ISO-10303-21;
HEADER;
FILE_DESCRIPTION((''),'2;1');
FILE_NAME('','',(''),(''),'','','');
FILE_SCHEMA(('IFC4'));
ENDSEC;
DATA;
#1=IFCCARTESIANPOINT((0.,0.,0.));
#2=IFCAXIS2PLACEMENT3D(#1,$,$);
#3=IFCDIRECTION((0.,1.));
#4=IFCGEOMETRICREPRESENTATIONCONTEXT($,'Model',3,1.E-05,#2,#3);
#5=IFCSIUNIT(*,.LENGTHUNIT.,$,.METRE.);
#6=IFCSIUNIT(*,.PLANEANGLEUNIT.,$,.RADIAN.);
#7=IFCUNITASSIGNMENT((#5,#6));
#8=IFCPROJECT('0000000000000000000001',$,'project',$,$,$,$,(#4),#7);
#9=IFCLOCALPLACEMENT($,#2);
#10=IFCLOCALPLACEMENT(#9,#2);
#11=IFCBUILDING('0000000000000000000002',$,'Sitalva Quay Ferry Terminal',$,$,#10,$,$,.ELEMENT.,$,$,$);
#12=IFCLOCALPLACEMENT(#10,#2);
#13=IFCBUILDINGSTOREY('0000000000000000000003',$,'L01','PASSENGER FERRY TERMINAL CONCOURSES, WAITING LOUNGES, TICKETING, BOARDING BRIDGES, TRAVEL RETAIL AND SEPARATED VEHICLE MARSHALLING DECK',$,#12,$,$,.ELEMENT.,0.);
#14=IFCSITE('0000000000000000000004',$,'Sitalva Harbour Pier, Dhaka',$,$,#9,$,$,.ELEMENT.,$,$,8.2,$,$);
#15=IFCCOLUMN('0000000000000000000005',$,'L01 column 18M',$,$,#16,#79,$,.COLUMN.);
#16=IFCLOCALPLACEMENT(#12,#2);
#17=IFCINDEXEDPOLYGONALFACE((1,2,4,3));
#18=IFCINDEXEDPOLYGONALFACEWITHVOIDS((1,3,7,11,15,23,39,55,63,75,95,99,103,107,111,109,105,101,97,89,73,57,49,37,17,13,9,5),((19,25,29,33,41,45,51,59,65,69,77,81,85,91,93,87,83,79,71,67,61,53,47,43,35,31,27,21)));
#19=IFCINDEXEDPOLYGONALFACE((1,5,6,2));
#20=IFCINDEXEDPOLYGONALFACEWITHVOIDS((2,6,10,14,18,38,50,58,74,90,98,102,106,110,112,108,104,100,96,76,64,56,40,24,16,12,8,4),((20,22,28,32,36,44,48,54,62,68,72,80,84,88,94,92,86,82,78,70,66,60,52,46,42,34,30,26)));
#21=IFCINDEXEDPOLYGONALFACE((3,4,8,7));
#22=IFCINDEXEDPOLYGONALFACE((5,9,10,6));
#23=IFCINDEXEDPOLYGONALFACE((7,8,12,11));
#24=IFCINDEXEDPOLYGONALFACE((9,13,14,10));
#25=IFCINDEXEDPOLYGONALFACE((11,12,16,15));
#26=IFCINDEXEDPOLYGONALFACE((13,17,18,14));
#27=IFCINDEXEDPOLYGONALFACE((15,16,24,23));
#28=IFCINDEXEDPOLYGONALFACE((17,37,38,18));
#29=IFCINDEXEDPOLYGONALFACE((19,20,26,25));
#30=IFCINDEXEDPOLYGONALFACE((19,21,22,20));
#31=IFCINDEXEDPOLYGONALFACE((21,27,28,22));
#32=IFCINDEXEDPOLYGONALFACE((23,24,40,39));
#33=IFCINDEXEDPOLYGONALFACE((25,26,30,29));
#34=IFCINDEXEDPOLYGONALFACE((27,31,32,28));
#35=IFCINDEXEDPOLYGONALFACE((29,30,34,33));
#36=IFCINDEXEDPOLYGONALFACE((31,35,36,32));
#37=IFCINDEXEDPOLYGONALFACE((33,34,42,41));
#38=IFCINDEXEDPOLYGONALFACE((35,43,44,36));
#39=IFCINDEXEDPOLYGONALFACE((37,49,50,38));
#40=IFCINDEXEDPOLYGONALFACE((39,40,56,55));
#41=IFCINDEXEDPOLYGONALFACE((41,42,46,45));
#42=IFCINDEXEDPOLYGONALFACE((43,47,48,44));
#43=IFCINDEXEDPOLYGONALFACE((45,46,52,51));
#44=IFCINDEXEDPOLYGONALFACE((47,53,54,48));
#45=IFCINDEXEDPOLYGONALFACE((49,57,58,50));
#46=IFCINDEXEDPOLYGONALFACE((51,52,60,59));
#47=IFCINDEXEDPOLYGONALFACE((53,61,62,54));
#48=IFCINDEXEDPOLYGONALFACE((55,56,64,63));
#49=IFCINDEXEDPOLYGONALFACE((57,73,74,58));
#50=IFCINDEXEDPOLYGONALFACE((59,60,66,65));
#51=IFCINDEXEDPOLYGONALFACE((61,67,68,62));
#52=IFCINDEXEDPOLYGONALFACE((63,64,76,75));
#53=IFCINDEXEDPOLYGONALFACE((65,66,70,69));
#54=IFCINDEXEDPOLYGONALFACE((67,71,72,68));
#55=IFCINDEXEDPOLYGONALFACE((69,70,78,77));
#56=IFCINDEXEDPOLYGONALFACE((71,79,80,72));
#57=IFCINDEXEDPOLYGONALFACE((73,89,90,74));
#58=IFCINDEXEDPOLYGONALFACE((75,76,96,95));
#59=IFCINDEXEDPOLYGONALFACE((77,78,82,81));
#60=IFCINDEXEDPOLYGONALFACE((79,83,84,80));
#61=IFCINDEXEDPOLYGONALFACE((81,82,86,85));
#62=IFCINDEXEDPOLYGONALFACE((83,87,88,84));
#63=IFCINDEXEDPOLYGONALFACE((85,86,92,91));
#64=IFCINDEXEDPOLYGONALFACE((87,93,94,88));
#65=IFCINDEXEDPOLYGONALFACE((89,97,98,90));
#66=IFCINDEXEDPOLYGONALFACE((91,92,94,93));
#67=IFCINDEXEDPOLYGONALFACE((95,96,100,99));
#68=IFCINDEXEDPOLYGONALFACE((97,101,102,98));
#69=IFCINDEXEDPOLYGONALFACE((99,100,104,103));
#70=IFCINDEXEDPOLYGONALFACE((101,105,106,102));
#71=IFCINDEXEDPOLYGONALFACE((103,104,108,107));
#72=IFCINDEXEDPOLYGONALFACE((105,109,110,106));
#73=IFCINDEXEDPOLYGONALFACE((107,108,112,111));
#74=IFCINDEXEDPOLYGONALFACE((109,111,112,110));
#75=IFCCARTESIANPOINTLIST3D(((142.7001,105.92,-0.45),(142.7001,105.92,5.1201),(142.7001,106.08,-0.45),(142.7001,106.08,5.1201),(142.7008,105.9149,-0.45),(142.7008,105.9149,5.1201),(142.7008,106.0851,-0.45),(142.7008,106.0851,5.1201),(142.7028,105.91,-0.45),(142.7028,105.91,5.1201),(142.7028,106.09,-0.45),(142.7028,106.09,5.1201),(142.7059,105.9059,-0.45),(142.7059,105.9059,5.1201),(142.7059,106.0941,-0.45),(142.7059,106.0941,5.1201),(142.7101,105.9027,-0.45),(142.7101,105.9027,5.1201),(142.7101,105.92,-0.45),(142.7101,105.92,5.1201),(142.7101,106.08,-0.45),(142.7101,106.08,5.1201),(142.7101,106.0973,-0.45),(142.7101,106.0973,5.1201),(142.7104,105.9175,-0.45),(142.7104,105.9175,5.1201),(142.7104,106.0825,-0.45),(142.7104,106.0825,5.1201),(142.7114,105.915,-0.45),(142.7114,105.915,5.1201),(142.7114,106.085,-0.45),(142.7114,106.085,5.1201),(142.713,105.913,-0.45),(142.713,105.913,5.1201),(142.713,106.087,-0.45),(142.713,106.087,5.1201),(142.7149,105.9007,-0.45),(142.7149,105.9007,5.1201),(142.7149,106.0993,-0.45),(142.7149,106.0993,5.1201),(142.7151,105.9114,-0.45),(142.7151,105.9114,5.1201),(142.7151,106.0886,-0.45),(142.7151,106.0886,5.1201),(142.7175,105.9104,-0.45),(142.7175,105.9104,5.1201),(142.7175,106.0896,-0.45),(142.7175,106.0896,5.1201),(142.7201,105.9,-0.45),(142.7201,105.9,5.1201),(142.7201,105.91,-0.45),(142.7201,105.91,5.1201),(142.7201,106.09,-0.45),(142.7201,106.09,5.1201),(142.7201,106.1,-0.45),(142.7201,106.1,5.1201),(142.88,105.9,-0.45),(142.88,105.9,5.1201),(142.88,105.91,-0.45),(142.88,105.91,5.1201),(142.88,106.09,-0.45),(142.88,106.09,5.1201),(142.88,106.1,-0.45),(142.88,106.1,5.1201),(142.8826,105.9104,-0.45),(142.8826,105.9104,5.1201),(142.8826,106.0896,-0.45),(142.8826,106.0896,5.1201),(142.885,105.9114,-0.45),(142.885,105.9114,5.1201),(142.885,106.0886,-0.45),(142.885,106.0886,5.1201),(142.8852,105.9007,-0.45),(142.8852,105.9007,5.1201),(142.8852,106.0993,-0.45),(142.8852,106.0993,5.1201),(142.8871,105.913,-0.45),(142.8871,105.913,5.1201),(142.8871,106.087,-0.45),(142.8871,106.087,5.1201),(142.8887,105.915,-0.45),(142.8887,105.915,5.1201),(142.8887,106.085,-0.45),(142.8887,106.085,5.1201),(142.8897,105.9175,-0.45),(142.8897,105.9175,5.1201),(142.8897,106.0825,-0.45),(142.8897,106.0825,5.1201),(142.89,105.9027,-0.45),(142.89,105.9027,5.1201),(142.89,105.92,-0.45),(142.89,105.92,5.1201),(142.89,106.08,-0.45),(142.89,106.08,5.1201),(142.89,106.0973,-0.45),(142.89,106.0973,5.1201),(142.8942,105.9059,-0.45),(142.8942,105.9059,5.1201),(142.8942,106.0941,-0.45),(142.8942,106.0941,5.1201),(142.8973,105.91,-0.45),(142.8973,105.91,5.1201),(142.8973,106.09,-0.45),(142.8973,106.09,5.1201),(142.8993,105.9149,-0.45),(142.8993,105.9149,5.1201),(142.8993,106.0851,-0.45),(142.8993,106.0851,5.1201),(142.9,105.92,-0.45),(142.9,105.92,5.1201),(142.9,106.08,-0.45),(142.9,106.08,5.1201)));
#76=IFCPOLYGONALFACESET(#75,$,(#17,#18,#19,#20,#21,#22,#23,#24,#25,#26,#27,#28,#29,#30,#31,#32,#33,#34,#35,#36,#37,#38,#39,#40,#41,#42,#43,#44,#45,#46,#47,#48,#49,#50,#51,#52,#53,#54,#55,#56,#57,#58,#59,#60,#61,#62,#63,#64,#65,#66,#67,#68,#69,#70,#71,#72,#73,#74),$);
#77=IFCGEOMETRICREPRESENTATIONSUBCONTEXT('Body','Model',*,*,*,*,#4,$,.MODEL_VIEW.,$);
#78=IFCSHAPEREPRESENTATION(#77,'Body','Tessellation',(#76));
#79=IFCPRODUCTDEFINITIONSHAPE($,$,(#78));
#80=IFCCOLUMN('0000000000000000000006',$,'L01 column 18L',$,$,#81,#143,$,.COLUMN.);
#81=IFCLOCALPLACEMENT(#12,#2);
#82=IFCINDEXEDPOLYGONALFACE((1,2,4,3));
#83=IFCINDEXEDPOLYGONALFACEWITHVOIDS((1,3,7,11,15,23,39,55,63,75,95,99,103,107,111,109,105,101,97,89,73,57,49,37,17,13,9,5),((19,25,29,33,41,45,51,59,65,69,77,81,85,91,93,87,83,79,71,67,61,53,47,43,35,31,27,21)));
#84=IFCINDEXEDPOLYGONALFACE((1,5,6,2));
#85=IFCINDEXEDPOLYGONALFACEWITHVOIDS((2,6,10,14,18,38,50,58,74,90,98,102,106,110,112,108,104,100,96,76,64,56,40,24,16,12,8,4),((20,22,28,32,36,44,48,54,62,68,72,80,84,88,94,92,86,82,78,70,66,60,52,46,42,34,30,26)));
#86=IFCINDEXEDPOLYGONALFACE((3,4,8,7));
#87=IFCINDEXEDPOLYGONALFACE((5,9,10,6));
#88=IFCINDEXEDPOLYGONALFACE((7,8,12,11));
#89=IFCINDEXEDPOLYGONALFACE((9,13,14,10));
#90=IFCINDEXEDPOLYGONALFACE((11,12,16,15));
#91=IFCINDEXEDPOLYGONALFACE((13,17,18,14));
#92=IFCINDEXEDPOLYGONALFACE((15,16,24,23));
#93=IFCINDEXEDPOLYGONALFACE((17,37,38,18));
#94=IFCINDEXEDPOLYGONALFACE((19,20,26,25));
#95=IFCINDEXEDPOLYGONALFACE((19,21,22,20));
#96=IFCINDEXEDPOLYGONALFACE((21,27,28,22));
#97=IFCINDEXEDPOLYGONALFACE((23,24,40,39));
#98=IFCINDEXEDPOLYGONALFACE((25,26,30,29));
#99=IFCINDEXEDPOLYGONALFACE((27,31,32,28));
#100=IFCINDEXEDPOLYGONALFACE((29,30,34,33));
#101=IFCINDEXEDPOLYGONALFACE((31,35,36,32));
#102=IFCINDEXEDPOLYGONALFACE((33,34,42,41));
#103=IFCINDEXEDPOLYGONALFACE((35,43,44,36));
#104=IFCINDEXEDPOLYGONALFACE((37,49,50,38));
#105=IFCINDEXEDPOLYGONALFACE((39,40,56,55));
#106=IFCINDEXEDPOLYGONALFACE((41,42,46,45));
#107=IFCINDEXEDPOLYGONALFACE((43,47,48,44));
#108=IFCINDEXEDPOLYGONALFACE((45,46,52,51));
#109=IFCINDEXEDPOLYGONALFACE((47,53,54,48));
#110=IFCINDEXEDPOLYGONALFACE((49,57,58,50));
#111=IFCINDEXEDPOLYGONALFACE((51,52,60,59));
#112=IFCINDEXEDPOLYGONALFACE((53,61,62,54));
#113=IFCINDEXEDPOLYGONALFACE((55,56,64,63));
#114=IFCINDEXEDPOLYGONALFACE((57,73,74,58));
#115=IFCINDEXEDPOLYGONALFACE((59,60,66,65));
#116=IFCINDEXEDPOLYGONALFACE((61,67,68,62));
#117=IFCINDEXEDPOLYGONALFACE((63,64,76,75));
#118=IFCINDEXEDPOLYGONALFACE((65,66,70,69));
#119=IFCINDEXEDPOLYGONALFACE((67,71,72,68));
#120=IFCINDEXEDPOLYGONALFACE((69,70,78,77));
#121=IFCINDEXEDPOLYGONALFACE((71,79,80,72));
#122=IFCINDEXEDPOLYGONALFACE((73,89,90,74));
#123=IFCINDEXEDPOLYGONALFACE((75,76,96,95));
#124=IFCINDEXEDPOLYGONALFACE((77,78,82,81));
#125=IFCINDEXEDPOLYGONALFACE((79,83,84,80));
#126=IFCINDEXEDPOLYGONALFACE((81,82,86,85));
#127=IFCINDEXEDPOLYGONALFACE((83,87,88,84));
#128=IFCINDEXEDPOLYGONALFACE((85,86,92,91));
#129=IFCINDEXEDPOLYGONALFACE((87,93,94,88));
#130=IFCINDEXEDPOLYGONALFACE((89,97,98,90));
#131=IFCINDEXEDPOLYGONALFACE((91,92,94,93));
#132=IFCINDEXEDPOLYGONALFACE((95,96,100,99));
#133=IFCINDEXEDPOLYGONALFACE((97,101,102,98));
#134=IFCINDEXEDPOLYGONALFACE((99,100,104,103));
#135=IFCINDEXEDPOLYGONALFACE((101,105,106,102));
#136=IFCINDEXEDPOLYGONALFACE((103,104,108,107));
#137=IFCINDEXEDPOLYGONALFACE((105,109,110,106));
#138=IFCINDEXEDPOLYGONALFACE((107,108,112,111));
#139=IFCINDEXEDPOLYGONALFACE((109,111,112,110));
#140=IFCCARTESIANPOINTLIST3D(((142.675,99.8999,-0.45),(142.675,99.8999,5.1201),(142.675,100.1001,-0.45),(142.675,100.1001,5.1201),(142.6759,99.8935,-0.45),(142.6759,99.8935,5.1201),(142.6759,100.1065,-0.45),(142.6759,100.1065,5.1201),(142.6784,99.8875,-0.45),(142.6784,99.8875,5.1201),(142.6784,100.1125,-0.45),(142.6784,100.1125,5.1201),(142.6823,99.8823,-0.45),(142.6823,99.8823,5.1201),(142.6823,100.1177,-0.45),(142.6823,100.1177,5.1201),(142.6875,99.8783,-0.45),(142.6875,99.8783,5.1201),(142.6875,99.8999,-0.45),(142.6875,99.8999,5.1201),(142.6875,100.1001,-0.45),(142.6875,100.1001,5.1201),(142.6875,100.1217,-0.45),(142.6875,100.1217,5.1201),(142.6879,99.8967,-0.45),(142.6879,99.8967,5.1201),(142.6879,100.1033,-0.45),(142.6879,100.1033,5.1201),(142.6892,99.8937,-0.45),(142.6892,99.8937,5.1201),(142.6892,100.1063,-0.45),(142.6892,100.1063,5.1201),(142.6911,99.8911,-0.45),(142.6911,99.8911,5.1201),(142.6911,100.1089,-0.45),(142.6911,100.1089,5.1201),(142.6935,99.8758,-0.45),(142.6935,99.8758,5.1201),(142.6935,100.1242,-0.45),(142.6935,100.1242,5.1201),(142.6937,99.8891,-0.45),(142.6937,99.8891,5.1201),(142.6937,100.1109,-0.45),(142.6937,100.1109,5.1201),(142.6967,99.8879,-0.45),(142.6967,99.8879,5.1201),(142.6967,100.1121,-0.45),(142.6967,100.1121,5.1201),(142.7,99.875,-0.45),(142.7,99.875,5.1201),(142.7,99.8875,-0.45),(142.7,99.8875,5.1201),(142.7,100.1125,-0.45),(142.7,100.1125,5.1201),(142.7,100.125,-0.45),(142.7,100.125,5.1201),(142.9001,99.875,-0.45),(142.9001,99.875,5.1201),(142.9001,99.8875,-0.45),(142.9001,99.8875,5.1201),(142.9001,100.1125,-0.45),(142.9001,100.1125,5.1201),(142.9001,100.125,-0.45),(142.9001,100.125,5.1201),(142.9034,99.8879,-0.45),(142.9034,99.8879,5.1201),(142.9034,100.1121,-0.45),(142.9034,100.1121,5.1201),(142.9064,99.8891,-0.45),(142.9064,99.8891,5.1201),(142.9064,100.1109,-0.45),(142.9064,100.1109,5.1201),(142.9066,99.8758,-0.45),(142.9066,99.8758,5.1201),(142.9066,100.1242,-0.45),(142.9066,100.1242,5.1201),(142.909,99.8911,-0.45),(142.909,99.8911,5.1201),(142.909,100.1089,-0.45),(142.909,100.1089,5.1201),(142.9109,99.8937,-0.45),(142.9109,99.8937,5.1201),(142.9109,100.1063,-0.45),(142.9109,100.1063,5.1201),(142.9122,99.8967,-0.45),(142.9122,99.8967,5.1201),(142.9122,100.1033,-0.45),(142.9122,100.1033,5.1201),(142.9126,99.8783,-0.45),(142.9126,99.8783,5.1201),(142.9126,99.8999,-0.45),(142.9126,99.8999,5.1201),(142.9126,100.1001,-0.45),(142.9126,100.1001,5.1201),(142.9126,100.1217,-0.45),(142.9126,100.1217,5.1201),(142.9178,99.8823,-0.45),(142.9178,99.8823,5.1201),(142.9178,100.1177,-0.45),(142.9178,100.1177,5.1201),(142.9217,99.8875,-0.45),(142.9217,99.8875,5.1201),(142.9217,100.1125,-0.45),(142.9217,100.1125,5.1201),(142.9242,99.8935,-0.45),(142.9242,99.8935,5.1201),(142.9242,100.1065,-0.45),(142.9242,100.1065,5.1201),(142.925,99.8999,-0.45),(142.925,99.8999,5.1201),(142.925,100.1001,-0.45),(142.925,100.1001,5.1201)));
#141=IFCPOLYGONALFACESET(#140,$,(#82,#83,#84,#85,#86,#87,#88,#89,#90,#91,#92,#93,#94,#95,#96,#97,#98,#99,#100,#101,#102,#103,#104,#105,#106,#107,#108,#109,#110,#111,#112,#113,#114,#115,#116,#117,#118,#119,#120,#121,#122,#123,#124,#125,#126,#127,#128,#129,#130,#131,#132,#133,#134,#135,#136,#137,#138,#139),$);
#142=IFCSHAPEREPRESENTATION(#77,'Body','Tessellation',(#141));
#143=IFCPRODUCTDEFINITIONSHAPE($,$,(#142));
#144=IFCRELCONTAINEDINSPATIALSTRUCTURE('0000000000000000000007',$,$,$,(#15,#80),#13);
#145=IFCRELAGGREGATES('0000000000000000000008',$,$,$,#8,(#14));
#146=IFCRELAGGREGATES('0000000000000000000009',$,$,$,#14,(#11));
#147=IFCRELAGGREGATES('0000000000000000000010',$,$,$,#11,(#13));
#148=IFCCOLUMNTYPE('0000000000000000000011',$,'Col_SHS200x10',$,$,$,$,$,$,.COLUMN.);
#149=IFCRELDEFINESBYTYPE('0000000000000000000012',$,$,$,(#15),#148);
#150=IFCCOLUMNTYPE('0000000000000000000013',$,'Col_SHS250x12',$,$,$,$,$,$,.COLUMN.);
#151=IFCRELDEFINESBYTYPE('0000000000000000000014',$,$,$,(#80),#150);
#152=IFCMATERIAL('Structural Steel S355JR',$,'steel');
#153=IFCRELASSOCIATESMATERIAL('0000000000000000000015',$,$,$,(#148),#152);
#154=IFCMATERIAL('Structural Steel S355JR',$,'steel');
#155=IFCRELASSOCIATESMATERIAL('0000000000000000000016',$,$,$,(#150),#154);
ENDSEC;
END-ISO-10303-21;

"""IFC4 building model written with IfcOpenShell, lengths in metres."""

from ifc_helpers import new_model, si_unit, direction, frame, origin, origin_2d, place, context, subcontext, project, spatial, hollow_rectangle, extrude, material, material_profile, profile_set, type_object, element, save


model = new_model("IFC4")

# Units and contexts
model_context = context("Model", 3, precision=1e-05, world=origin(), true_north=direction((0.0, 1.0)))
body_context = subcontext(model_context, "Body", "Model", "MODEL_VIEW")
ifc_project = project(units=[si_unit("LENGTHUNIT", "METRE"), si_unit("PLANEANGLEUNIT", "RADIAN")], contexts=[model_context])

# Site, building, storey
site_placement = place(None, origin())
site = spatial("IfcSite", under=ifc_project, at=site_placement, Name="Sitalva Harbour Pier, Dhaka", CompositionType="ELEMENT", RefElevation=8.2)
building_placement = place(site_placement, origin())
building = spatial("IfcBuilding", under=site, at=building_placement, Name="Sitalva Quay Ferry Terminal", CompositionType="ELEMENT")
storey_placement = place(building_placement, origin())
storey = spatial("IfcBuildingStorey", under=building, at=storey_placement, Name="L01", Description="PASSENGER FERRY TERMINAL CONCOURSES, WAITING LOUNGES, TICKETING, BOARDING BRIDGES, TRAVEL RETAIL AND SEPARATED VEHICLE MARSHALLING DECK", CompositionType="ELEMENT", Elevation=0.0)

# Columns
ifc_material_1 = material(Name="Structural Steel S355JR", Category="steel")
ifc_material_profile_1 = material_profile(ifc_material_1, hollow_rectangle(XDim=0.2, YDim=0.2, WallThickness=0.01, InnerFilletRadius=0.01, OuterFilletRadius=0.02, at=origin_2d()), Name="SHS200x200x10")
ifc_profile_set_1 = profile_set([ifc_material_profile_1], Name="Structural Steel S355JR")
column_type_1 = type_object("IfcColumnType", Name="Col_SHS200x10", PredefinedType="COLUMN", material=ifc_profile_set_1)
column_placement = place(storey_placement, frame((142.8, 106.0, -0.45), z_axis=(0.0, 0.0, 1.0), x_axis=(1.0, 0.0, 0.0)))
element("IfcColumn", 1, at=column_placement, inside=storey, type_object=column_type_1, Name="L01 column 18M", PredefinedType="COLUMN", context=body_context, shape_type="SweptSolid", body=[
    extrude(hollow_rectangle(XDim=0.2, YDim=0.2, WallThickness=0.01, InnerFilletRadius=0.01, OuterFilletRadius=0.02, at=origin_2d()), origin(), (0.0, 0.0, 1.0), 5.5701),
])
ifc_material_2 = material(Name="Structural Steel S355JR", Category="steel")
ifc_material_profile_2 = material_profile(ifc_material_2, hollow_rectangle(XDim=0.25, YDim=0.25, WallThickness=0.0125, InnerFilletRadius=0.0125, OuterFilletRadius=0.0249, at=origin_2d()), Name="SHS250x250x12.5")
ifc_profile_set_2 = profile_set([ifc_material_profile_2], Name="Structural Steel S355JR")
column_type_2 = type_object("IfcColumnType", Name="Col_SHS250x12", PredefinedType="COLUMN", material=ifc_profile_set_2)
for number, where, z_axis, x_axis, name in (
    (2, (142.8, 100.0, -0.45), (0.0, 0.0, 1.0), (1.0, 0.0, 0.0), "L01 column 18L"),
):
    element("IfcColumn", number, at=place(storey_placement, frame(where, z_axis=z_axis, x_axis=x_axis)), inside=storey, type_object=column_type_2, Name=name, PredefinedType="COLUMN", context=body_context, shape_type="SweptSolid", body=[
        extrude(hollow_rectangle(XDim=0.25, YDim=0.25, WallThickness=0.0125, InnerFilletRadius=0.0125, OuterFilletRadius=0.0249, at=origin_2d()), origin(), (0.0, 0.0, 1.0), 5.5701),
    ])

save(model, "model.ifc")
